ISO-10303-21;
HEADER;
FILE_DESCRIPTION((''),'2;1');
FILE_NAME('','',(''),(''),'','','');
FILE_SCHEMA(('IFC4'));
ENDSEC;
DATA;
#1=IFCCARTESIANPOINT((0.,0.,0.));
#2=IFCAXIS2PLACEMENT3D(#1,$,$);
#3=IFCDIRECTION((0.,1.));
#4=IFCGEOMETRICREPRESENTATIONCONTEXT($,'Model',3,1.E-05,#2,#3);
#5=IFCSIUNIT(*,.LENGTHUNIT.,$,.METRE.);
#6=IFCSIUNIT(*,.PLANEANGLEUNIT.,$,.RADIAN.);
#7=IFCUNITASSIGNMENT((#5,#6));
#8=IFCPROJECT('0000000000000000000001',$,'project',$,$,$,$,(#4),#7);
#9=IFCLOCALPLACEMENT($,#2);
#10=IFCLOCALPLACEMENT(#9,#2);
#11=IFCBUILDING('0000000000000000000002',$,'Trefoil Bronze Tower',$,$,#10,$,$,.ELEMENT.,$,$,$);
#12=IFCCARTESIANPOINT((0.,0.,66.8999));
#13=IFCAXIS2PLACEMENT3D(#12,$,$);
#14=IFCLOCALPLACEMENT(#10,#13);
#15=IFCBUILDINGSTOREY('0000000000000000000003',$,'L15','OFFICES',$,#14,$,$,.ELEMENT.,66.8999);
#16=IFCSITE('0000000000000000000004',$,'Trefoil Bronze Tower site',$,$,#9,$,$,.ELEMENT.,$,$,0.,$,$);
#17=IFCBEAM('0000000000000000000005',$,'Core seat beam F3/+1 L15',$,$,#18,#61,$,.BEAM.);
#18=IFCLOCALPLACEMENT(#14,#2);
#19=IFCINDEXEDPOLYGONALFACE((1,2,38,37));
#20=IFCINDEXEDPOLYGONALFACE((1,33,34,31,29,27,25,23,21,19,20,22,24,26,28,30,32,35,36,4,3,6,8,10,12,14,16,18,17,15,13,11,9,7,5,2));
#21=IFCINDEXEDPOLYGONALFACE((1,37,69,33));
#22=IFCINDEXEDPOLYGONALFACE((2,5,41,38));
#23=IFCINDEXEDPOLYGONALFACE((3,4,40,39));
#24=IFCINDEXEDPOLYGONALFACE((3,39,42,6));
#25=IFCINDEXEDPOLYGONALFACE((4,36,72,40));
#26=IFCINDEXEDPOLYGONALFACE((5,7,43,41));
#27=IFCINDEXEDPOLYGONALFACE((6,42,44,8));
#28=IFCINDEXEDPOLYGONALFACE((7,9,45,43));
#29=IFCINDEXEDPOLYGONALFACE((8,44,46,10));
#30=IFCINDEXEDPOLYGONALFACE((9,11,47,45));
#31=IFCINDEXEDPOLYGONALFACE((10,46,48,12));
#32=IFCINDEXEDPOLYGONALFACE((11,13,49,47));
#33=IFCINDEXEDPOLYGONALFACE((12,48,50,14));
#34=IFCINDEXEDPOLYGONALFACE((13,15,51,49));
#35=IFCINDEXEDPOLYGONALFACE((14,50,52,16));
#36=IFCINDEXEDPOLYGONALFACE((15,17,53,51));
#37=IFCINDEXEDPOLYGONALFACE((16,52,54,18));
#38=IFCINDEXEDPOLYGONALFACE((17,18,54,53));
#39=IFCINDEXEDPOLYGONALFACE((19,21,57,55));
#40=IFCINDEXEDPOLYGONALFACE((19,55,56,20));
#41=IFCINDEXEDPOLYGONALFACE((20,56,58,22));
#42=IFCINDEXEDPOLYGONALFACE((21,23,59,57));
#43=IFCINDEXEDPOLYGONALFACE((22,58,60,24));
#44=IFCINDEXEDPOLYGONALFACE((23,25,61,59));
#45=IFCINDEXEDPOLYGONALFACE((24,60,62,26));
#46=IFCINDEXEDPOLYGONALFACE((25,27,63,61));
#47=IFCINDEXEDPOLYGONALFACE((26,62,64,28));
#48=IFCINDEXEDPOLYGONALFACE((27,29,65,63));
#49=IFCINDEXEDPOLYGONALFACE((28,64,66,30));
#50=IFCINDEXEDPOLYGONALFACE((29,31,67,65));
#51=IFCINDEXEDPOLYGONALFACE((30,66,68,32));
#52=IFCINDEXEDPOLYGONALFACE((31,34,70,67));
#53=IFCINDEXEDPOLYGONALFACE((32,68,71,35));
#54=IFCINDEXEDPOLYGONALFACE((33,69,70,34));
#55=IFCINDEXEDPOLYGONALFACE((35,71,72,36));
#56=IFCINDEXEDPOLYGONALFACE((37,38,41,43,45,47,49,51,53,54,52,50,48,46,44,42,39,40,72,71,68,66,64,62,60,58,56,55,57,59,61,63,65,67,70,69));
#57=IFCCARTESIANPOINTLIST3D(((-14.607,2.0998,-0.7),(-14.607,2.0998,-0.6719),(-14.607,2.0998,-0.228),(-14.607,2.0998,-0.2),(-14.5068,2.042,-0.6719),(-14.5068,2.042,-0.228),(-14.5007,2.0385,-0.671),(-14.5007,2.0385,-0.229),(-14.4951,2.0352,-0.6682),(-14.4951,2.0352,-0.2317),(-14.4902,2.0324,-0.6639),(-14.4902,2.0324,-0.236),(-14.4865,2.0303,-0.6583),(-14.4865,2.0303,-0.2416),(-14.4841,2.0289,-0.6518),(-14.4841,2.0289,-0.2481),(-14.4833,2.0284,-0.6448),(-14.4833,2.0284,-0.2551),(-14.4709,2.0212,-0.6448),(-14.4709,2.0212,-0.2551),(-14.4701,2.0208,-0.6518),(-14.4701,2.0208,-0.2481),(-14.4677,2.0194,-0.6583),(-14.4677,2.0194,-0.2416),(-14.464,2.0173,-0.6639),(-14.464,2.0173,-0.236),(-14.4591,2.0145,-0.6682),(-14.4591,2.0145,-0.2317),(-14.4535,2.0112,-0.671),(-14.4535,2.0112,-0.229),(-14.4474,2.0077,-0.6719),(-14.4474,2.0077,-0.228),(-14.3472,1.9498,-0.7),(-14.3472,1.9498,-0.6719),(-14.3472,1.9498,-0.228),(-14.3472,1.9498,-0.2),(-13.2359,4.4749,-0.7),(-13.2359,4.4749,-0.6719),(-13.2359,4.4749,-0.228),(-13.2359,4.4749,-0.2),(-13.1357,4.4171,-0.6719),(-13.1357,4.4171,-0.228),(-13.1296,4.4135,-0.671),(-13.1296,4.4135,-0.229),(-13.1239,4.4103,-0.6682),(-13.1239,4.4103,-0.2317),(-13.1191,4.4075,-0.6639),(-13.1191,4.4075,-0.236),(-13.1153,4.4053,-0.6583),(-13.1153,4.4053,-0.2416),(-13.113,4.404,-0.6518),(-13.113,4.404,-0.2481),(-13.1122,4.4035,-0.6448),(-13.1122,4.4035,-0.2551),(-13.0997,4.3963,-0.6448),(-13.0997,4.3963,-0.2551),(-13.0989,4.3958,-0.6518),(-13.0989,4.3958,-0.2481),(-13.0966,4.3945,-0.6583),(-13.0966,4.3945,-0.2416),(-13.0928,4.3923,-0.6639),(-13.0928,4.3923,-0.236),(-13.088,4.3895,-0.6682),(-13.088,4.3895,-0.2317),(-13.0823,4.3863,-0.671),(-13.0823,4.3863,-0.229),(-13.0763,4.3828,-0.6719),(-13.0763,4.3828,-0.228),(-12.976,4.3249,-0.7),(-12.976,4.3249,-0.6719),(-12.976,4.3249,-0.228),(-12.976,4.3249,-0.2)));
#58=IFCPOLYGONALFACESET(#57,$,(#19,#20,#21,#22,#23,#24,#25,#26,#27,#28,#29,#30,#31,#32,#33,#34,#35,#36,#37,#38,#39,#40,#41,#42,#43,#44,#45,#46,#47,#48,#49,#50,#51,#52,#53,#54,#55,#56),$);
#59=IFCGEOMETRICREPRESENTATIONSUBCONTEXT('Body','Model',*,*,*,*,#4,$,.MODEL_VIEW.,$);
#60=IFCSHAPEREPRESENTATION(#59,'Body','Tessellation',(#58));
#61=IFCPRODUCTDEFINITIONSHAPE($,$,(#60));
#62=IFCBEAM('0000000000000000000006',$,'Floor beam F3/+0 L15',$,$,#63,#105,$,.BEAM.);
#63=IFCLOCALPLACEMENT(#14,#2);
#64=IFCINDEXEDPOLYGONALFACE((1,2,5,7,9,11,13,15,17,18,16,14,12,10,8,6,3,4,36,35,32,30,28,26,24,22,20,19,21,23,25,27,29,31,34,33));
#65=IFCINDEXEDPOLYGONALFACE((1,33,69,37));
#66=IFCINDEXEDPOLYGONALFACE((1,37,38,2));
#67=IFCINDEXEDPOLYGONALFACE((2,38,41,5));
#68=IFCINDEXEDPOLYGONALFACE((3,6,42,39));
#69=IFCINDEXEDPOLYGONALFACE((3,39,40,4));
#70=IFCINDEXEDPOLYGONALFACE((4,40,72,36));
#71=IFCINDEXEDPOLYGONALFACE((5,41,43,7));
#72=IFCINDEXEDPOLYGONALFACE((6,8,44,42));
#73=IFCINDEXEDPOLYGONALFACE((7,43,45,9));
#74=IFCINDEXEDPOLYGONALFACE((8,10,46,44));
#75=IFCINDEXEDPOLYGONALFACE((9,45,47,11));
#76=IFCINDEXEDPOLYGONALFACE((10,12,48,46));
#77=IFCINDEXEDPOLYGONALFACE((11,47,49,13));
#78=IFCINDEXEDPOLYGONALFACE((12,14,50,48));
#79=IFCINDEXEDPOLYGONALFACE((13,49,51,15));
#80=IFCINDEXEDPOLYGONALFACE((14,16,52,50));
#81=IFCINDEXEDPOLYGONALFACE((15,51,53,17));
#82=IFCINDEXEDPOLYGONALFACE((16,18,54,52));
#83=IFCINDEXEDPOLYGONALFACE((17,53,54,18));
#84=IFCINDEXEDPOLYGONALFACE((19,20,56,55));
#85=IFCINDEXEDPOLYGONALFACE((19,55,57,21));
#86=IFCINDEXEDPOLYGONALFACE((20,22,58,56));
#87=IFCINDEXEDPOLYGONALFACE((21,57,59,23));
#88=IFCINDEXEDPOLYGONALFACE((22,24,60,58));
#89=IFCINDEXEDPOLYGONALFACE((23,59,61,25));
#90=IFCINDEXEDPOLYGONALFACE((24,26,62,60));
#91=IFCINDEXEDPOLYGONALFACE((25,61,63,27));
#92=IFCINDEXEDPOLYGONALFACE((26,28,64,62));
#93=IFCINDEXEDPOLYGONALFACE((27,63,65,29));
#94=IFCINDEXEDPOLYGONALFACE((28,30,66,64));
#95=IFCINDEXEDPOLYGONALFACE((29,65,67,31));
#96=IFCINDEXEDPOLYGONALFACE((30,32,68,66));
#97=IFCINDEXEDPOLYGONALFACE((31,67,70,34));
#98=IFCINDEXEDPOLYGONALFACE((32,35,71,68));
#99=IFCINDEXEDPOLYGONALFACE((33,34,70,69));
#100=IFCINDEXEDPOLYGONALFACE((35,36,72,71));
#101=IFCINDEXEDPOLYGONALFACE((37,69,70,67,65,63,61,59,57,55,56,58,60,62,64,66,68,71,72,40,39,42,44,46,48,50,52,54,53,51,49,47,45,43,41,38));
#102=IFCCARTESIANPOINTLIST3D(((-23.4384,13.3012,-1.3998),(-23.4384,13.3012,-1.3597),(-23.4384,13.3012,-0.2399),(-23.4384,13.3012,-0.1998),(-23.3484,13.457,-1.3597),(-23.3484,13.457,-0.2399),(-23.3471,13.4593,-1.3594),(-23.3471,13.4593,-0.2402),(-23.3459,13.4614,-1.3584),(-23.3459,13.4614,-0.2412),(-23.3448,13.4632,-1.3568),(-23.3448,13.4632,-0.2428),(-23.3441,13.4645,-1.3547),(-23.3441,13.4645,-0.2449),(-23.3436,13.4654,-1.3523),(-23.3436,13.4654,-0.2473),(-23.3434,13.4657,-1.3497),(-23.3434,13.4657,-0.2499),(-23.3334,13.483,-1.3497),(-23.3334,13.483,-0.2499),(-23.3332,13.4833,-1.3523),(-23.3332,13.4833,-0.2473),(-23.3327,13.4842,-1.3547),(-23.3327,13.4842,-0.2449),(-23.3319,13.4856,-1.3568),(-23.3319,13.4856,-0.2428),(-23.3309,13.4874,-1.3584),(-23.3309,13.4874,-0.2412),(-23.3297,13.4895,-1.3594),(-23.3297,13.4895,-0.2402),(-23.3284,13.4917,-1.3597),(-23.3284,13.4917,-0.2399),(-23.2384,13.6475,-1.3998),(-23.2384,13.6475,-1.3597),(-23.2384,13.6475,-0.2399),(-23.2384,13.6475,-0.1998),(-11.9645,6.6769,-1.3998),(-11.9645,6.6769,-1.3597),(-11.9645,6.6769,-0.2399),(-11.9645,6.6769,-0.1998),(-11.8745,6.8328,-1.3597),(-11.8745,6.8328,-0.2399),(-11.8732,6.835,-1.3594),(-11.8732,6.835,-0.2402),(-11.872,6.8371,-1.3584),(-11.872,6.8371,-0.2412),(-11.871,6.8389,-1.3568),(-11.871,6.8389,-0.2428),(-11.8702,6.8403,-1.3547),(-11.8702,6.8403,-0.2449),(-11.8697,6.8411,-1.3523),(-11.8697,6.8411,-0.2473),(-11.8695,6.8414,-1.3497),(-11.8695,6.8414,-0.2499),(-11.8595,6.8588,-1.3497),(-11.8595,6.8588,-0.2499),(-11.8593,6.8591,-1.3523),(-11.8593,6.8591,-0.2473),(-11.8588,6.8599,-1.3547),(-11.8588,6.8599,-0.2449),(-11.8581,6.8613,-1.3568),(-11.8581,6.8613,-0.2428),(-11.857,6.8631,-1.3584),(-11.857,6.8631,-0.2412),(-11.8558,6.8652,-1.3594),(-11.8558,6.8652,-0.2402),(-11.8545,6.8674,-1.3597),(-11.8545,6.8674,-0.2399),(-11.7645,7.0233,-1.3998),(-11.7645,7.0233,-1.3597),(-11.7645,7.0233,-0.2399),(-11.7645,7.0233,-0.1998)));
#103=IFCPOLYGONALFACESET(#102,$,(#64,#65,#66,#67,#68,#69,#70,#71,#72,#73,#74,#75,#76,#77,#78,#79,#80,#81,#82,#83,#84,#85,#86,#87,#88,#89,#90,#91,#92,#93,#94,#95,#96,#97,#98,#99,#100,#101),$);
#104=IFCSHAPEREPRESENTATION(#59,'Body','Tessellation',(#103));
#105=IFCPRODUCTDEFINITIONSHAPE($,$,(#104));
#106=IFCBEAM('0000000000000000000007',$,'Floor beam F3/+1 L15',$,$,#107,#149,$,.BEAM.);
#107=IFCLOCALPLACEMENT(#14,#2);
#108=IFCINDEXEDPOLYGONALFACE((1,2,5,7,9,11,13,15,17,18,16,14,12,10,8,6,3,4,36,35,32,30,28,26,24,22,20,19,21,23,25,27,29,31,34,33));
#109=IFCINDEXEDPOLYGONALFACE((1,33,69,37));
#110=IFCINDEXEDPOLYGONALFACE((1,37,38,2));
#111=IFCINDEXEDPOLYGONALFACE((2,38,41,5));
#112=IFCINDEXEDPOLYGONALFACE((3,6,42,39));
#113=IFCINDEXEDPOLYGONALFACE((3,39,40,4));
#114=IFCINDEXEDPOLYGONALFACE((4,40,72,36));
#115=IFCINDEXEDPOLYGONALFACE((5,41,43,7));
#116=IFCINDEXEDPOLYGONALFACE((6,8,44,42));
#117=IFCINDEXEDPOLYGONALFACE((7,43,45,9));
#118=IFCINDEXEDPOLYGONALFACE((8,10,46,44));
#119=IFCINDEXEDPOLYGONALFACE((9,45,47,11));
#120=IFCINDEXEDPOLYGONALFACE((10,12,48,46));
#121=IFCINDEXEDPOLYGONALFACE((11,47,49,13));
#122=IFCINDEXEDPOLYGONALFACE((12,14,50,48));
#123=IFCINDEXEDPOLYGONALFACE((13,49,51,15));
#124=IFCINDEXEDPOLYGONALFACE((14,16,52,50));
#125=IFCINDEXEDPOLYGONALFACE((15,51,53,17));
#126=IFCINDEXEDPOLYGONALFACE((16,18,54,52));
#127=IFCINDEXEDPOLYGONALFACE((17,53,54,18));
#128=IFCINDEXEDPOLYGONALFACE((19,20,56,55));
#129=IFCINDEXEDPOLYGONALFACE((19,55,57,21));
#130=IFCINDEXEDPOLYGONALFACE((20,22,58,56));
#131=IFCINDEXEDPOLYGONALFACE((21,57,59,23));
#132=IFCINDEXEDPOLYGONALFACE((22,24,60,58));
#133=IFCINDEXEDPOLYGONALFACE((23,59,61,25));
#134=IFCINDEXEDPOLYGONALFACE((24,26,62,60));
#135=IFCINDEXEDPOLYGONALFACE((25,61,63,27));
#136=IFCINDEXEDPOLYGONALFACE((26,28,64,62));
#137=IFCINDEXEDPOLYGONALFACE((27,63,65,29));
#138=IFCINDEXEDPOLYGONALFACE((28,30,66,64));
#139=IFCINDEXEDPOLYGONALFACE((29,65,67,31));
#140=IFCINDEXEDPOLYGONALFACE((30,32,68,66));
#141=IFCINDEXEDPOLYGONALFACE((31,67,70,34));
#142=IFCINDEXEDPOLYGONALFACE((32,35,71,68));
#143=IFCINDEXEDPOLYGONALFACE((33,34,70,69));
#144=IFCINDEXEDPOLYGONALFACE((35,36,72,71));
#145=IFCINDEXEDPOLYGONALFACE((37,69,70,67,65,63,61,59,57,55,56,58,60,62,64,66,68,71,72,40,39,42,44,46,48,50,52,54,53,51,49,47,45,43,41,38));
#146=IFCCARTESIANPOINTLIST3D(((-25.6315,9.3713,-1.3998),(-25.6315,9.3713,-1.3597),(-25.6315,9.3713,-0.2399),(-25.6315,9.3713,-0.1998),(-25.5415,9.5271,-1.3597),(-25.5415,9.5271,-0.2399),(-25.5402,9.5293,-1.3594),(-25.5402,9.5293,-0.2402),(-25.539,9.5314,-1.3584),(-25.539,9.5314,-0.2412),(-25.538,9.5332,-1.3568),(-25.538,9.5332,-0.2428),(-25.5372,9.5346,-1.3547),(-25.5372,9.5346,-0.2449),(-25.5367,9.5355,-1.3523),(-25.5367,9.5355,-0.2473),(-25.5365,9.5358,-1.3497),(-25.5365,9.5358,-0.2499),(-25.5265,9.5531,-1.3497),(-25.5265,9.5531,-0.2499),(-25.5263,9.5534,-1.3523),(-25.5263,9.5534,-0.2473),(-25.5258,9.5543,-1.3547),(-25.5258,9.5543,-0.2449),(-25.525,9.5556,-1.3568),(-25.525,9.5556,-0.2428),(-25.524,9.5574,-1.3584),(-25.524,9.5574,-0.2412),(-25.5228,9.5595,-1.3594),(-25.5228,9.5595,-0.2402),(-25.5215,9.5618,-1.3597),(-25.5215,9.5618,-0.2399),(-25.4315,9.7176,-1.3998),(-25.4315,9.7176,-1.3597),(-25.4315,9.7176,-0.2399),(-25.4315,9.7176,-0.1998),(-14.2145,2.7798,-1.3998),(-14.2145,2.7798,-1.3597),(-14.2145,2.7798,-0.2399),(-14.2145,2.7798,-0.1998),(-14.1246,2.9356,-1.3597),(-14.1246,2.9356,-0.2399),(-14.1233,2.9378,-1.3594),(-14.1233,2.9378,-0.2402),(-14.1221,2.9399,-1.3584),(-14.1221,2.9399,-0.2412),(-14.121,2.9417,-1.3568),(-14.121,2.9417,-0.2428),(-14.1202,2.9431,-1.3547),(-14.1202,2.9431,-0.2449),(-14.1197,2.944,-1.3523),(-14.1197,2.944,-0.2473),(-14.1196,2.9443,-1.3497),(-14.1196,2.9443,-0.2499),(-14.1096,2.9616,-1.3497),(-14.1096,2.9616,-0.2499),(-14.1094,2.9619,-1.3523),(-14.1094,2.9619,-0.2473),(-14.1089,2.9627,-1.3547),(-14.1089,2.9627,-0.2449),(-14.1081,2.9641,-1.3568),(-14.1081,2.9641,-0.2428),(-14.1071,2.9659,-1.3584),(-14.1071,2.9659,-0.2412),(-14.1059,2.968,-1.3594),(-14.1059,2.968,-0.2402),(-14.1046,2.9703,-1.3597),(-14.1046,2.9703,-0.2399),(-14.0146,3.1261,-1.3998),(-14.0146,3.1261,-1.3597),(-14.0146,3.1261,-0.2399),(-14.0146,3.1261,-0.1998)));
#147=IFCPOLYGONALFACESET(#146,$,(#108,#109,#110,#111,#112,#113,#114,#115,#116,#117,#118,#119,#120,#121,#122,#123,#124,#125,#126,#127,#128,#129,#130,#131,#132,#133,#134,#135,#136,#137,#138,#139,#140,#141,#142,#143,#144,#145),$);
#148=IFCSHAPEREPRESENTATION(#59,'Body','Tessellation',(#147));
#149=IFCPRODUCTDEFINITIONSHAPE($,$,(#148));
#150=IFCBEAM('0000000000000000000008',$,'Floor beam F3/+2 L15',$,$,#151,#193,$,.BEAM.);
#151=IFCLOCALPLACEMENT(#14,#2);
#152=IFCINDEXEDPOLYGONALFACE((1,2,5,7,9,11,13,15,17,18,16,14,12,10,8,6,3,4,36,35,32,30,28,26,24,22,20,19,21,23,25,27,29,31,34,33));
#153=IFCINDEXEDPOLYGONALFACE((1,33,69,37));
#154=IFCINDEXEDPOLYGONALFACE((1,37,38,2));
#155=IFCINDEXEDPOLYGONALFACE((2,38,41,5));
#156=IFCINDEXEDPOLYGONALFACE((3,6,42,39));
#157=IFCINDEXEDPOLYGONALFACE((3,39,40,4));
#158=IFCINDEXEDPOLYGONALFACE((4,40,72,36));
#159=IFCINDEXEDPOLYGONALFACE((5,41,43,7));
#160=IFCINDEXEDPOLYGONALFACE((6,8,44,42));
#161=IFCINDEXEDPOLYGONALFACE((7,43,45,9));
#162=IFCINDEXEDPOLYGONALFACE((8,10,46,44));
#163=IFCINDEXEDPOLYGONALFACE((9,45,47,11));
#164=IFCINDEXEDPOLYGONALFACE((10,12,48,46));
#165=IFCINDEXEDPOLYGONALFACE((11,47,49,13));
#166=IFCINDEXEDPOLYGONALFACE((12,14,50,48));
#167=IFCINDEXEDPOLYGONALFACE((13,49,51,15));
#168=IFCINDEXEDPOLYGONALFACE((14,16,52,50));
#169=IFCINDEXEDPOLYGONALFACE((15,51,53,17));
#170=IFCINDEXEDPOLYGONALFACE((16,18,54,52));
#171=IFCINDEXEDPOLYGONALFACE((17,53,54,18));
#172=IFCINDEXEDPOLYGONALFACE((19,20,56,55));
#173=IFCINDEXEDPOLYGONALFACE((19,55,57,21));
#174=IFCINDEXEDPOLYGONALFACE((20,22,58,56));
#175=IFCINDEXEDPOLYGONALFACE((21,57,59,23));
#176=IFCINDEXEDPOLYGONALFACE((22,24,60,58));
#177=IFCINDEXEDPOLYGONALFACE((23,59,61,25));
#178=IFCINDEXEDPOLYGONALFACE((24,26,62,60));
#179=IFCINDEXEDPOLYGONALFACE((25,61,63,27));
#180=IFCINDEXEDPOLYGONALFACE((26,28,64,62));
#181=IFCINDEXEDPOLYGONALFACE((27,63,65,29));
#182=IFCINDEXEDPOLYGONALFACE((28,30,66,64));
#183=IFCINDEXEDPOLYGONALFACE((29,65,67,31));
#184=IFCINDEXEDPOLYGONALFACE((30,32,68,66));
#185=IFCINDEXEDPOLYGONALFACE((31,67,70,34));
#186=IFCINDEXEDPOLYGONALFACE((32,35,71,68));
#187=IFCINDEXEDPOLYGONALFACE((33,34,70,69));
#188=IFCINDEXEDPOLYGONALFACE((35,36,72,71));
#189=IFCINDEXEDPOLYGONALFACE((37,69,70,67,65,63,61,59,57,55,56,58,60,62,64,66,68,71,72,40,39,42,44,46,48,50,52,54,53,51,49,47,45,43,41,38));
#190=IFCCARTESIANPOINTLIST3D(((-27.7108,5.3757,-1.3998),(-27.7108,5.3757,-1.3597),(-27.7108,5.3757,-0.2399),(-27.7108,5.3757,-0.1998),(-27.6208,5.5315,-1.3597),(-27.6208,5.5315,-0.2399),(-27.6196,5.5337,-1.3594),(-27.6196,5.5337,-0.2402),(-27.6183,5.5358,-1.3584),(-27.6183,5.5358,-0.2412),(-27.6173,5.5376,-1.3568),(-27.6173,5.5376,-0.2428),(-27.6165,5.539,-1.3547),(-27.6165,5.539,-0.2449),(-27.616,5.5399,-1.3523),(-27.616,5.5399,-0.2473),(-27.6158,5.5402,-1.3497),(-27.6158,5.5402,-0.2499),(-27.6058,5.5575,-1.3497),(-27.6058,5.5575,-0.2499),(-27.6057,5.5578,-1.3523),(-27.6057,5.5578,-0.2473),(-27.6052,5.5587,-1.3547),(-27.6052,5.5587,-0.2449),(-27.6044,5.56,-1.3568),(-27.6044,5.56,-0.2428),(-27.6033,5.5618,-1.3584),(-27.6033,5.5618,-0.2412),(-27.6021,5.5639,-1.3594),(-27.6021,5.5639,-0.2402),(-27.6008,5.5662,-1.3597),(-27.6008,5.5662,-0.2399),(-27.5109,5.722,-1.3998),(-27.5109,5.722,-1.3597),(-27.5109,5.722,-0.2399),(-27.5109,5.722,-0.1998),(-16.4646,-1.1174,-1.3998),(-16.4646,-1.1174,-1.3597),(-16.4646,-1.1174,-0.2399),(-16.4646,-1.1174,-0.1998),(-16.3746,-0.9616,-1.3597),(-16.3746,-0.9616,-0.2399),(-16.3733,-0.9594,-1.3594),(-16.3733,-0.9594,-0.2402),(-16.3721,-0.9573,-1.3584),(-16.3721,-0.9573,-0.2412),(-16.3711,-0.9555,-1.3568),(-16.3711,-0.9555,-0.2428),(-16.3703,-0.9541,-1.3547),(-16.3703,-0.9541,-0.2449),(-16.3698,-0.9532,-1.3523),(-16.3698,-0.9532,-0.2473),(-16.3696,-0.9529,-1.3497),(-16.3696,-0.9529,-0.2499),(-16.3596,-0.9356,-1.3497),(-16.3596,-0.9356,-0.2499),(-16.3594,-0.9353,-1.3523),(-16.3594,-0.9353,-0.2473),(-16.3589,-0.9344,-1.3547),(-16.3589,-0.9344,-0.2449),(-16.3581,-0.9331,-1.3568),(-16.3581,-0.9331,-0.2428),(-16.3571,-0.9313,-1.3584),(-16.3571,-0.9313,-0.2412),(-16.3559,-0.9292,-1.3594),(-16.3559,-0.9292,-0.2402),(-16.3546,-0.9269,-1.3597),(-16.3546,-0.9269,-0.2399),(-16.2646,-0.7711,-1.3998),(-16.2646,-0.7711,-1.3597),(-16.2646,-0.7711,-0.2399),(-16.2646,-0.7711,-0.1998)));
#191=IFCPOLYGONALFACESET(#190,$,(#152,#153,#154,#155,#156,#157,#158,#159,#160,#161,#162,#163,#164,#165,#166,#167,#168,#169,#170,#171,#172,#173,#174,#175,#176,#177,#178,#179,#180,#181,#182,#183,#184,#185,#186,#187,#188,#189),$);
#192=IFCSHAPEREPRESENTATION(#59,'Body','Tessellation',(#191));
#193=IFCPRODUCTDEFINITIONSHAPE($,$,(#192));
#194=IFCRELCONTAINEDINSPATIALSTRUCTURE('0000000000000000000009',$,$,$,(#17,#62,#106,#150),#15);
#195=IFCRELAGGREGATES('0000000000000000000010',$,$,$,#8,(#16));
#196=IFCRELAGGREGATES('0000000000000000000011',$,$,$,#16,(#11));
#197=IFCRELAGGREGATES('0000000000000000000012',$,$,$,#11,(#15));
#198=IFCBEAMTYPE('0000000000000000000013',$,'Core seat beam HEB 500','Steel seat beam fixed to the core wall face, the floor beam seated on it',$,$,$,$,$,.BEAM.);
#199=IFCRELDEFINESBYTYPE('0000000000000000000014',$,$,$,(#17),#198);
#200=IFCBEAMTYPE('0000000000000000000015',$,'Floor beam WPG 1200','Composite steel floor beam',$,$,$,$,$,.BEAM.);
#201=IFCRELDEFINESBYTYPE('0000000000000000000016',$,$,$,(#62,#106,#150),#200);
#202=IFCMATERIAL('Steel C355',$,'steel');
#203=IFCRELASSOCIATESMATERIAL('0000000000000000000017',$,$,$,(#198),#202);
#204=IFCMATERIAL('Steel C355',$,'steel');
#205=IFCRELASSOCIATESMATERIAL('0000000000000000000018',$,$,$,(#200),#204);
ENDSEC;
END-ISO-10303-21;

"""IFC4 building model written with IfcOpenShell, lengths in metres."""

from ifc_helpers import new_model, si_unit, direction, frame, origin, origin_2d, place, context, subcontext, project, spatial, i_section, extrude, material, material_profile, profile_set, type_object, element, save


model = new_model("IFC4")

# Units and contexts
model_context = context("Model", 3, precision=1e-05, world=origin(), true_north=direction((0.0, 1.0)))
body_context = subcontext(model_context, "Body", "Model", "MODEL_VIEW")
ifc_project = project(units=[si_unit("LENGTHUNIT", "METRE"), si_unit("PLANEANGLEUNIT", "RADIAN")], contexts=[model_context])

# Site, building, storey
site_placement = place(None, origin())
site = spatial("IfcSite", under=ifc_project, at=site_placement, Name="Trefoil Bronze Tower site", CompositionType="ELEMENT", RefElevation=0.0)
building_placement = place(site_placement, origin())
building = spatial("IfcBuilding", under=site, at=building_placement, Name="Trefoil Bronze Tower", CompositionType="ELEMENT")
storey_placement = place(building_placement, frame((0.0, 0.0, 66.8999)))
storey = spatial("IfcBuildingStorey", under=building, at=storey_placement, Name="L15", Description="OFFICES", CompositionType="ELEMENT", Elevation=66.8999)

# Beams
ifc_material_1 = material(Name="Steel C355", Category="steel")
ifc_material_profile_1 = material_profile(ifc_material_1, i_section(OverallWidth=0.3, OverallDepth=0.5, WebThickness=0.0144, FlangeThickness=0.0281, FilletRadius=0.0271, at=origin_2d()), Name="HEB 500")
ifc_profile_set_1 = profile_set([ifc_material_profile_1], Name="Steel C355")
beam_type_1 = type_object("IfcBeamType", Name="Core seat beam HEB 500", Description="Steel seat beam fixed to the core wall face, the floor beam seated on it", PredefinedType="BEAM", material=ifc_profile_set_1)
for number, where, z_axis, x_axis, name in (
    (1, (-13.106, 4.3999, -0.45), (-0.499969, -0.866043, 0.0), (0.866043, -0.499969, 0.0), "Core seat beam F3/+1 L15"),
):
    element("IfcBeam", number, at=place(storey_placement, frame(where, z_axis=z_axis, x_axis=x_axis)), inside=storey, type_object=beam_type_1, Name=name, PredefinedType="BEAM", context=body_context, shape_type="SweptSolid", body=[
        extrude(i_section(OverallWidth=0.3, OverallDepth=0.5, WebThickness=0.0144, FlangeThickness=0.0281, FilletRadius=0.0271, at=origin_2d()), origin(), (0.0, 0.0, 1.0), 2.7424),
    ])
ifc_material_2 = material(Name="Steel C355", Category="steel")
ifc_material_profile_2 = material_profile(ifc_material_2, i_section(OverallWidth=0.3999, OverallDepth=1.2, WebThickness=0.02, FlangeThickness=0.04, FilletRadius=0.01, at=origin_2d()), Name="WPG 1200")
ifc_profile_set_2 = profile_set([ifc_material_profile_2], Name="Steel C355")
beam_type_2 = type_object("IfcBeamType", Name="Floor beam WPG 1200", Description="Composite steel floor beam", PredefinedType="BEAM", material=ifc_profile_set_2)
beam_1_placement = place(storey_placement, frame((-23.3384, 13.4744, -0.7998), z_axis=(0.866031, -0.49999, 0.0), x_axis=(0.49999, 0.866031, 0.0)))
element("IfcBeam", 2, at=beam_1_placement, inside=storey, type_object=beam_type_2, Name="Floor beam F3/+0 L15", PredefinedType="BEAM", context=body_context, shape_type="SweptSolid", body=[
    extrude(i_section(OverallWidth=0.3999, OverallDepth=1.2, WebThickness=0.02, FlangeThickness=0.04, FilletRadius=0.01, at=origin_2d()), origin(), (0.0, 0.0, 1.0), 13.2488),
])
beam_2_placement = place(storey_placement, frame((-25.5315, 9.5444, -0.7998), z_axis=(0.866027, -0.499997, 0.0), x_axis=(0.499997, 0.866027, 0.0)))
element("IfcBeam", 3, at=beam_2_placement, inside=storey, type_object=beam_type_2, Name="Floor beam F3/+1 L15", PredefinedType="BEAM", context=body_context, shape_type="SweptSolid", body=[
    extrude(i_section(OverallWidth=0.3999, OverallDepth=1.2, WebThickness=0.02, FlangeThickness=0.04, FilletRadius=0.01, at=origin_2d()), origin(), (0.0, 0.0, 1.0), 13.1831),
])
beam_3_placement = place(storey_placement, frame((-27.6108, 5.5488, -0.7998), z_axis=(0.866022, -0.500005, 0.0), x_axis=(0.500005, 0.866022, 0.0)))
element("IfcBeam", 4, at=beam_3_placement, inside=storey, type_object=beam_type_2, Name="Floor beam F3/+2 L15", PredefinedType="BEAM", context=body_context, shape_type="SweptSolid", body=[
    extrude(i_section(OverallWidth=0.3999, OverallDepth=1.2, WebThickness=0.02, FlangeThickness=0.04, FilletRadius=0.01, at=origin_2d()), origin(), (0.0, 0.0, 1.0), 12.9861),
])

save(model, "model.ifc")
